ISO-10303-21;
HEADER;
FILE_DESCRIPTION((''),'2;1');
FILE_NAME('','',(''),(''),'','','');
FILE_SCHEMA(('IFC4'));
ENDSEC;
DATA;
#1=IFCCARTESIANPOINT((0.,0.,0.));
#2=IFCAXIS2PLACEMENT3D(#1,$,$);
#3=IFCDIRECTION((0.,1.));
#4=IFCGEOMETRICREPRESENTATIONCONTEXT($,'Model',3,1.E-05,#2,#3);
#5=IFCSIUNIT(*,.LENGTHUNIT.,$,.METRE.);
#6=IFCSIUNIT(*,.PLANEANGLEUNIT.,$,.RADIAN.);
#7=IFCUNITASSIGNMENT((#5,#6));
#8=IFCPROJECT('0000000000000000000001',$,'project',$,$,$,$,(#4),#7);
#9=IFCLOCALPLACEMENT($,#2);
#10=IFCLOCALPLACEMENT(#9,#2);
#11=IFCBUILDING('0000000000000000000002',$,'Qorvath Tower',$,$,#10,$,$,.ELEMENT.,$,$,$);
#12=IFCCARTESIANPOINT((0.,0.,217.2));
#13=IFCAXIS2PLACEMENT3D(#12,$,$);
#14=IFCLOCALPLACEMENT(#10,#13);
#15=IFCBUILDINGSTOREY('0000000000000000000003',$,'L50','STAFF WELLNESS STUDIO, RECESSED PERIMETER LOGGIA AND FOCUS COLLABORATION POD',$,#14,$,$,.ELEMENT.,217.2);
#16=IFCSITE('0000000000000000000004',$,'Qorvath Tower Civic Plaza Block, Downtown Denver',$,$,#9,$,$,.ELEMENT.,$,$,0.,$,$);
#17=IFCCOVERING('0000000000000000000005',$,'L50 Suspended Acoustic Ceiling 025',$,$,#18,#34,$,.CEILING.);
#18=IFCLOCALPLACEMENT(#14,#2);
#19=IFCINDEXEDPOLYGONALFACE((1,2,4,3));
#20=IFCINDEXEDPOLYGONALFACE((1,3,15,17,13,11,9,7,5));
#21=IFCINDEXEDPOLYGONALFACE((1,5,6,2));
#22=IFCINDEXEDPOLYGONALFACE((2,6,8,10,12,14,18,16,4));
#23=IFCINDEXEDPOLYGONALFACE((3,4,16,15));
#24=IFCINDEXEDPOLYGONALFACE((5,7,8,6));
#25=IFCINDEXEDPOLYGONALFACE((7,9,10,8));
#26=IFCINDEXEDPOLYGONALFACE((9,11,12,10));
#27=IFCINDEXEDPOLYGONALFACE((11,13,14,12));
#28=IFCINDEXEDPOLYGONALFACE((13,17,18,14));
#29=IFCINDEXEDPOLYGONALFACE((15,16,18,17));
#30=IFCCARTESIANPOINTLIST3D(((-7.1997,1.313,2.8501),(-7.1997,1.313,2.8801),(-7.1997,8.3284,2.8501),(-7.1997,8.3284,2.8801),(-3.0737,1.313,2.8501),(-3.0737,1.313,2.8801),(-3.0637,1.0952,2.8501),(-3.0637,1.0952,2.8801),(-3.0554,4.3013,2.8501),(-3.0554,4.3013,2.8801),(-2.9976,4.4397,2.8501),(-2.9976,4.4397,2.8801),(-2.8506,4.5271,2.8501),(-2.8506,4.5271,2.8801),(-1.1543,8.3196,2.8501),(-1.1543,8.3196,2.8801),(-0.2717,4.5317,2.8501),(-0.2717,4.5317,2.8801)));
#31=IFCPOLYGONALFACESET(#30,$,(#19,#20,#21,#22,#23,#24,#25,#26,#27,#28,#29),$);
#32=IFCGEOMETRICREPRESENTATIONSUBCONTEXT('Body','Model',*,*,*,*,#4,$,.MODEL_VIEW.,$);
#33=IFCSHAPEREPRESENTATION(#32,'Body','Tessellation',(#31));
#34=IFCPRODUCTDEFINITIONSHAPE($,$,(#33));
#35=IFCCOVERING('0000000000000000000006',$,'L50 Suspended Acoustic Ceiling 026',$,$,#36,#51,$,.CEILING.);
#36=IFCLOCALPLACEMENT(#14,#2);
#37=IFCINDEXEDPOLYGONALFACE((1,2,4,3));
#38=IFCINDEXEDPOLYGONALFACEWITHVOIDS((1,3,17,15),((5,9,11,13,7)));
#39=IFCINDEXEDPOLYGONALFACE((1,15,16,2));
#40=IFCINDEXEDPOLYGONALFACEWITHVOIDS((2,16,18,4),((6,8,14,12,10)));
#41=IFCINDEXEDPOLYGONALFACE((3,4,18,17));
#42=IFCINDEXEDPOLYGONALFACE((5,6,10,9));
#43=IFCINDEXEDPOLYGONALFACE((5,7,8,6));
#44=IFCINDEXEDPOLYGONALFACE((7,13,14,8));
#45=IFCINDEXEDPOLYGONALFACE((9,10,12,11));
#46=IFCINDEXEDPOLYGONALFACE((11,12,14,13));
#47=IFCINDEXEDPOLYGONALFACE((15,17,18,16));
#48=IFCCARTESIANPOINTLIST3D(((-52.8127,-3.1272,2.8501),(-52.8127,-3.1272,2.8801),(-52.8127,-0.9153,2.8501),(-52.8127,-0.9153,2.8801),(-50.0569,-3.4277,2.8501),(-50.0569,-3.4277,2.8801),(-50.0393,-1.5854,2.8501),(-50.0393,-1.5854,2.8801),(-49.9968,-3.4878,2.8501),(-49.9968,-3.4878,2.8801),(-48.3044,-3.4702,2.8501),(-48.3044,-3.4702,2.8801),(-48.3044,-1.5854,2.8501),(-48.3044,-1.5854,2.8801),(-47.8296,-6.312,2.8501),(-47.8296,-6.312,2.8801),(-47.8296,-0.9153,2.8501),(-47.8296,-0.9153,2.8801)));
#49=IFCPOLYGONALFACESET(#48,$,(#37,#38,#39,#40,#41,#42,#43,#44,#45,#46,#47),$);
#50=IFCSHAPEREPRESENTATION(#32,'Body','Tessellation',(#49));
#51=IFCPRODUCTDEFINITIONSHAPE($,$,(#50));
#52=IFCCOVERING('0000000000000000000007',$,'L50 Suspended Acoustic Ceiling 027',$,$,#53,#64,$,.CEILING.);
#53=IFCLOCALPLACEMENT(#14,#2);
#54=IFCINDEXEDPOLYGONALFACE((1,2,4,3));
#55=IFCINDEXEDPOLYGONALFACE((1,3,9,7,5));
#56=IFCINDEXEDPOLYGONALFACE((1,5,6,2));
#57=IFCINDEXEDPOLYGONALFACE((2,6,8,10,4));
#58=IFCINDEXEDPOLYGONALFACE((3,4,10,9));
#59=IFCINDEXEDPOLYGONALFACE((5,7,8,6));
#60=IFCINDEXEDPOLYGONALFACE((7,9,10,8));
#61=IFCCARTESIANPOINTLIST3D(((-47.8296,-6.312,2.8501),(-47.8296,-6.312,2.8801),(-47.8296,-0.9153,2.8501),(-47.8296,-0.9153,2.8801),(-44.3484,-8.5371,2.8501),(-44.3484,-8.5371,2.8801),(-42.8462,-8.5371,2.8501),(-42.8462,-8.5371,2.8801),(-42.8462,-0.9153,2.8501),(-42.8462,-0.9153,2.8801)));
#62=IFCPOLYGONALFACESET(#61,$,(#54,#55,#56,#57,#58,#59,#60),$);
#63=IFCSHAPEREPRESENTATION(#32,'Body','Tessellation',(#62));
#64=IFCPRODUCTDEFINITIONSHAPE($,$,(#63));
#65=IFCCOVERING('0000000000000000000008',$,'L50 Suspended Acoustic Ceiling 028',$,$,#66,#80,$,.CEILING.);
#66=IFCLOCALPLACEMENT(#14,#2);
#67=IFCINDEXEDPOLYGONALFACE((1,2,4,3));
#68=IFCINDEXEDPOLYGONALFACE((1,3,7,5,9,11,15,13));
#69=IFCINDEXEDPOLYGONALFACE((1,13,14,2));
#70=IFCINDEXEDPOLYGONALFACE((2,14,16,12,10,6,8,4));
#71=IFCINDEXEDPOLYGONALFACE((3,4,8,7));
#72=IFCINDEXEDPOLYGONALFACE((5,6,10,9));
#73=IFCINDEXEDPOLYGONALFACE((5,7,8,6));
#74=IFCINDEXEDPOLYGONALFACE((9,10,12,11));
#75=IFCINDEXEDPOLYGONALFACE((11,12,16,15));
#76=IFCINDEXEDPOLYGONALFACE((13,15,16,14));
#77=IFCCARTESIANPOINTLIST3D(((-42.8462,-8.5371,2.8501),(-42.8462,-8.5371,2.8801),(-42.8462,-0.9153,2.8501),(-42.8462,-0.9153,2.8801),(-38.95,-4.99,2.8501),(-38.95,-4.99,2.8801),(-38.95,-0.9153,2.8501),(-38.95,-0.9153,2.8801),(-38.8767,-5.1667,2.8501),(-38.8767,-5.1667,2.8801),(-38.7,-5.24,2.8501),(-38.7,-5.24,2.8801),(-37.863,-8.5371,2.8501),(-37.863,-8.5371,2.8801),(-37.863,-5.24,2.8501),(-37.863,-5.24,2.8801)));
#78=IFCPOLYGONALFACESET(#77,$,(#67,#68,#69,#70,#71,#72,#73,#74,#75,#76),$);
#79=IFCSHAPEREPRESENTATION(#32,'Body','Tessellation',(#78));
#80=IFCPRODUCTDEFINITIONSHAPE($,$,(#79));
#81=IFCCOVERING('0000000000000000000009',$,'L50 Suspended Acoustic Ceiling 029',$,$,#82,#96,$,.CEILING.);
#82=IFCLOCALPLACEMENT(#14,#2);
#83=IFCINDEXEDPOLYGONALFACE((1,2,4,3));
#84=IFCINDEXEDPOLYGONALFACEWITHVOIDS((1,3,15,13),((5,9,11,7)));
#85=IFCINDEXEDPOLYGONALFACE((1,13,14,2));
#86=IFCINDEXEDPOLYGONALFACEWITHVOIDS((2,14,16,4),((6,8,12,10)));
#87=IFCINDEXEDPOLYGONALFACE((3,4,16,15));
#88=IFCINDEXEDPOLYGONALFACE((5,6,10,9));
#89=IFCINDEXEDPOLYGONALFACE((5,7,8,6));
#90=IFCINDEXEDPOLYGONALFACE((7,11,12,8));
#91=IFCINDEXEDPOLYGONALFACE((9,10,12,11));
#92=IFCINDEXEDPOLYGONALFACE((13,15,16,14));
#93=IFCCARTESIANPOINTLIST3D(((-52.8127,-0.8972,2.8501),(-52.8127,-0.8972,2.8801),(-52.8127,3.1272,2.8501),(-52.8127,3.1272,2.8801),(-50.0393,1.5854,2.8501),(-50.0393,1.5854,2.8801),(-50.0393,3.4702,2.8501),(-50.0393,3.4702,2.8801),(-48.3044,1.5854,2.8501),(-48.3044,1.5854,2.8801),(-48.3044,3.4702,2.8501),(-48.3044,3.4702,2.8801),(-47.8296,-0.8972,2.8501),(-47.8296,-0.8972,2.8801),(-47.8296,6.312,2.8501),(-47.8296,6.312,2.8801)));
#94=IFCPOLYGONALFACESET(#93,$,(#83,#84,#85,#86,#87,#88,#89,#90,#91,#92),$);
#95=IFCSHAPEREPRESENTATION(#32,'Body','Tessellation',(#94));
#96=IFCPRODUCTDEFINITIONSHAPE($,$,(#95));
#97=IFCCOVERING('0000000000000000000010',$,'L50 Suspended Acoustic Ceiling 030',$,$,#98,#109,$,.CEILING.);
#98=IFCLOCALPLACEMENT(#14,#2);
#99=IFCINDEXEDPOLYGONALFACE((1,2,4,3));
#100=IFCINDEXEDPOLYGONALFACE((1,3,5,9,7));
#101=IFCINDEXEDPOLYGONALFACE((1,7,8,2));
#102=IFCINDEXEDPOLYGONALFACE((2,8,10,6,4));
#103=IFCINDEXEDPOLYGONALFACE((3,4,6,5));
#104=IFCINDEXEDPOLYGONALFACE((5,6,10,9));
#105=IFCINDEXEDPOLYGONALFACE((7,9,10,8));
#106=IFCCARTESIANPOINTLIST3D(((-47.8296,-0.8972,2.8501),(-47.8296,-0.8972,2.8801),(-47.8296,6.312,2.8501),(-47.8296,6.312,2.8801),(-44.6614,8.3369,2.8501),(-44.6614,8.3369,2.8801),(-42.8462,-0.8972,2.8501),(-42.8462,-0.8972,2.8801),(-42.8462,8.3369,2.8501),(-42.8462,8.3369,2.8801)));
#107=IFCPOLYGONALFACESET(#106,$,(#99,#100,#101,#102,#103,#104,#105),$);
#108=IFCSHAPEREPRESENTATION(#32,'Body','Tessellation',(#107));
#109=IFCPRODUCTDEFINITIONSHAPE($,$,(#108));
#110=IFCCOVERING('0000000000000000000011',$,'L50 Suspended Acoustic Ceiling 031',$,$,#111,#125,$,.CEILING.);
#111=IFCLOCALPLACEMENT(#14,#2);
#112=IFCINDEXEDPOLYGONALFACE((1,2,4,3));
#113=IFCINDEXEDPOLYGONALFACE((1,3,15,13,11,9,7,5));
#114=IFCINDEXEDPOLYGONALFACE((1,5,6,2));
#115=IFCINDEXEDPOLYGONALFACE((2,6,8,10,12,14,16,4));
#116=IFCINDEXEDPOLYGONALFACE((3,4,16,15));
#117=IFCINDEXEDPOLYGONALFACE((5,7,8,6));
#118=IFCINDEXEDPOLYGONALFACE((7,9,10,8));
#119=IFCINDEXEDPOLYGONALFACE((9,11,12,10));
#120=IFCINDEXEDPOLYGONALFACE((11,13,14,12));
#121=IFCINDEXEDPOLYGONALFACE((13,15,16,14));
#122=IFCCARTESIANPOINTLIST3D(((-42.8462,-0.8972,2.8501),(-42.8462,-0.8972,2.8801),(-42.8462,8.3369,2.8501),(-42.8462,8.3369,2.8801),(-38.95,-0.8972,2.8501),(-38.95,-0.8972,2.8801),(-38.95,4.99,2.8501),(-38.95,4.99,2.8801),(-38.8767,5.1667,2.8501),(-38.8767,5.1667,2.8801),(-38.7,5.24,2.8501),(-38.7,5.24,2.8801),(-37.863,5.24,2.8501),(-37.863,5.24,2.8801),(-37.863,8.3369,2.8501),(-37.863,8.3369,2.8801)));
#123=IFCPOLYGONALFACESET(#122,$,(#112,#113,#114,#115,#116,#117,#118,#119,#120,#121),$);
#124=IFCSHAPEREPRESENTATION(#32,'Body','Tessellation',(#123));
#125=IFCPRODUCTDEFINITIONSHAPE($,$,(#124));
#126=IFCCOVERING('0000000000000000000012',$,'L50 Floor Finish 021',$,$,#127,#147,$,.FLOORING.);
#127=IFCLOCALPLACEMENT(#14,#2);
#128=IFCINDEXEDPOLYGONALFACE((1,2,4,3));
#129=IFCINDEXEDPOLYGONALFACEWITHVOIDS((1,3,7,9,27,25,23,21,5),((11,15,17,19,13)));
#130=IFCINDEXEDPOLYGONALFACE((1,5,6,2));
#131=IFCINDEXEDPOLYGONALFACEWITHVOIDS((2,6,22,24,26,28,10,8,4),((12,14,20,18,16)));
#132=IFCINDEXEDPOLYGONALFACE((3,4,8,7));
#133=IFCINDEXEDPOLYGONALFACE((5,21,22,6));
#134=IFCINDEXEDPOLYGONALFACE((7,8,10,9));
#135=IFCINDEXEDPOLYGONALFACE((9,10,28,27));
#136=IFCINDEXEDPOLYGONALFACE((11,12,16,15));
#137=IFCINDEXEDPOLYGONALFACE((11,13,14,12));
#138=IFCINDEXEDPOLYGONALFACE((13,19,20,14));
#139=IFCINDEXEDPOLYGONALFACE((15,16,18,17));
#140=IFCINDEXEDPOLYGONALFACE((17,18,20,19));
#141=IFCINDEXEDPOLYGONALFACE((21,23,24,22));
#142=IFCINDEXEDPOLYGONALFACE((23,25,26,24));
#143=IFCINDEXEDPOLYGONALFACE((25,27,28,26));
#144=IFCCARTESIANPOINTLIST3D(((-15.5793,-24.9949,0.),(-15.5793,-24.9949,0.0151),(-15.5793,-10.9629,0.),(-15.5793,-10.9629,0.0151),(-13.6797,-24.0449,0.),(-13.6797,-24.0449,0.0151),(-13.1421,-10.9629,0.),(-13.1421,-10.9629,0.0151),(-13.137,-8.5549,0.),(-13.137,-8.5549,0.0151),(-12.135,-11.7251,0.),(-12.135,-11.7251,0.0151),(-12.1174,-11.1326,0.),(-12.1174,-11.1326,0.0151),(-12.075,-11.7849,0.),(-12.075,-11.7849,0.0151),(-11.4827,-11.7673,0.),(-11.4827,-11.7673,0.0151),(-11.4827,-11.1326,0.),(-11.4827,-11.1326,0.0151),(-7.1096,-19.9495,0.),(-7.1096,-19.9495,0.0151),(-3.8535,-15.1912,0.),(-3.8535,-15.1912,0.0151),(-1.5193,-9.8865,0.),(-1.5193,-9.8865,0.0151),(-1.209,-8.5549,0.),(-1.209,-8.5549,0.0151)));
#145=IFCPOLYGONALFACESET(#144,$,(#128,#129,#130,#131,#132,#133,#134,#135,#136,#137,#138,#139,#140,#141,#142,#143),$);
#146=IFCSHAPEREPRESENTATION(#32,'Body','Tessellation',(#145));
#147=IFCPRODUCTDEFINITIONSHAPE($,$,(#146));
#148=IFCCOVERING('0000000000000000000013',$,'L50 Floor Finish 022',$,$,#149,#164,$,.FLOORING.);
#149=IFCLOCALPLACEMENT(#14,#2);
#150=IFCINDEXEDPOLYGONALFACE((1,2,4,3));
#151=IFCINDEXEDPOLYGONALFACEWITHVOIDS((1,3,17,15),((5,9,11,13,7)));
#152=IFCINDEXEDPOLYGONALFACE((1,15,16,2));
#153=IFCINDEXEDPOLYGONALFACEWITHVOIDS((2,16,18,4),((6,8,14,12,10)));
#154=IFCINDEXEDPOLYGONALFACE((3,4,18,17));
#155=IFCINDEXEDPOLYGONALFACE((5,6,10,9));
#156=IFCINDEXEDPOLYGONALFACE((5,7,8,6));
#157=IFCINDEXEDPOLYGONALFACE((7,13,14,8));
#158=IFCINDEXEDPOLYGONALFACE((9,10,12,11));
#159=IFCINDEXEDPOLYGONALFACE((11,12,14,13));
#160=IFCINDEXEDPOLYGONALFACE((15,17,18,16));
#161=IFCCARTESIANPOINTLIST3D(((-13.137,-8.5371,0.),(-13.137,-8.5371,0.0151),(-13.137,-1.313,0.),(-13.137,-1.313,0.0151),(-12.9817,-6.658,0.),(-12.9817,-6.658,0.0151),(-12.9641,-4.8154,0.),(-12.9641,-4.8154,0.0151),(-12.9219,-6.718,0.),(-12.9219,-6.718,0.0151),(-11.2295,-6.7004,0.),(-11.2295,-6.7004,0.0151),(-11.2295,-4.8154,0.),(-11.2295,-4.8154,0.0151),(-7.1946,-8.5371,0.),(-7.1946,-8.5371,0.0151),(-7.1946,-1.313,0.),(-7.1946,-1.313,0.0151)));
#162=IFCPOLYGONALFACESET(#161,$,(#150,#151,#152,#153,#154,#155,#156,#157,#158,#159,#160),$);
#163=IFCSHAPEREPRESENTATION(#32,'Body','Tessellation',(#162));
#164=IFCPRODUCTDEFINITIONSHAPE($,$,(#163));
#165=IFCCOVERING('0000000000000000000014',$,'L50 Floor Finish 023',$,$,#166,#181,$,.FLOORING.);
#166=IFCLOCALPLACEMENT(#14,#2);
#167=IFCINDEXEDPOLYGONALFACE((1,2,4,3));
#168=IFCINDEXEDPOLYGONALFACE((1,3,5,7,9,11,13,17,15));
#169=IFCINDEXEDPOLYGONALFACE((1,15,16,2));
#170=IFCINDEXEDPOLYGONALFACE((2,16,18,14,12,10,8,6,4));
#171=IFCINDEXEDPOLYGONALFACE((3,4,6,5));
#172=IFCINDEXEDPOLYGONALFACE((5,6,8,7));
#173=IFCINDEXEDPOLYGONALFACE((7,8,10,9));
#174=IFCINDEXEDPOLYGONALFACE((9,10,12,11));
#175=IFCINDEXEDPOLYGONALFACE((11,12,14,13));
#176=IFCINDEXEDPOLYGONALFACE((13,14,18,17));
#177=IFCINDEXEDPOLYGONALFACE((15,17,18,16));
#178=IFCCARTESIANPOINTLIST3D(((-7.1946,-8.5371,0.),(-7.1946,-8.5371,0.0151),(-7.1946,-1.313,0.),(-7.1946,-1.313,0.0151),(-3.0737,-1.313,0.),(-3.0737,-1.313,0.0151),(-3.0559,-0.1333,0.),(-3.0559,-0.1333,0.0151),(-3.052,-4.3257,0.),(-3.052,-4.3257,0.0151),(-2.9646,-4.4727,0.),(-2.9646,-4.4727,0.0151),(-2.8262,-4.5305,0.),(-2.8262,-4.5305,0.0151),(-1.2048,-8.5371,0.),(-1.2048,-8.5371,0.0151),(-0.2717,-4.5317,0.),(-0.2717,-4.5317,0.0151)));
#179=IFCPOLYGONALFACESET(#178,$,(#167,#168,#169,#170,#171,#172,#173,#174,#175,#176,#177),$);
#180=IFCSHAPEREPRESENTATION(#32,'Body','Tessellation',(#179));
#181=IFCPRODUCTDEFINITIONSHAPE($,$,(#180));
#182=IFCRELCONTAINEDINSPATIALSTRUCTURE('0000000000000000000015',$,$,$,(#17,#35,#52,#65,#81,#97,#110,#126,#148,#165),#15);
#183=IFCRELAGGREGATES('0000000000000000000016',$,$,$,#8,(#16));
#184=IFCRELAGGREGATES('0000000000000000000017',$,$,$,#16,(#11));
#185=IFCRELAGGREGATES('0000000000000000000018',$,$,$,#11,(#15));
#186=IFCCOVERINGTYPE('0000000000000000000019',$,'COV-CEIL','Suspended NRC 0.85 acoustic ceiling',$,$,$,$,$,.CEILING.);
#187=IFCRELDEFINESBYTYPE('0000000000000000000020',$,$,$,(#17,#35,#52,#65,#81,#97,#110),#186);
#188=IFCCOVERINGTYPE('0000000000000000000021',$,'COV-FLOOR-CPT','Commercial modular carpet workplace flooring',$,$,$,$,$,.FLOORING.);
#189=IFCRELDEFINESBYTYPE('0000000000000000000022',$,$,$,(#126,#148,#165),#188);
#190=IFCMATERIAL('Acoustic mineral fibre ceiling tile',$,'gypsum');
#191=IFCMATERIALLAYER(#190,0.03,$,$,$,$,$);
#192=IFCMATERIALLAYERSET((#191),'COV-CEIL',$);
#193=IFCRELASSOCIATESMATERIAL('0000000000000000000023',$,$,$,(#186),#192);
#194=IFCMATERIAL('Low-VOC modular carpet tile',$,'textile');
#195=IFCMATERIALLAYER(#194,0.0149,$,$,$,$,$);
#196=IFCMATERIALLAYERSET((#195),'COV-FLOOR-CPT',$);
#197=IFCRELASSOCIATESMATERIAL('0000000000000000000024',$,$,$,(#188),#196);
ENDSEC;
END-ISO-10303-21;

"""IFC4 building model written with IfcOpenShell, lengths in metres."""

from ifc_helpers import new_model, si_unit, direction, frame, origin, place, context, subcontext, project, spatial, polyline, outline, extrude, material, layer, layer_set, type_object, element, save


model = new_model("IFC4")

# Units and contexts
model_context = context("Model", 3, precision=1e-05, world=origin(), true_north=direction((0.0, 1.0)))
body_context = subcontext(model_context, "Body", "Model", "MODEL_VIEW")
ifc_project = project(units=[si_unit("LENGTHUNIT", "METRE"), si_unit("PLANEANGLEUNIT", "RADIAN")], contexts=[model_context])

# Site, building, storey
site_placement = place(None, origin())
site = spatial("IfcSite", under=ifc_project, at=site_placement, Name="Qorvath Tower Civic Plaza Block, Downtown Denver", CompositionType="ELEMENT", RefElevation=0.0)
building_placement = place(site_placement, origin())
building = spatial("IfcBuilding", under=site, at=building_placement, Name="Qorvath Tower", CompositionType="ELEMENT")
storey_placement = place(building_placement, frame((0.0, 0.0, 217.2)))
storey = spatial("IfcBuildingStorey", under=building, at=storey_placement, Name="L50", Description="STAFF WELLNESS STUDIO, RECESSED PERIMETER LOGGIA AND FOCUS COLLABORATION POD", CompositionType="ELEMENT", Elevation=217.2)

# Coverings
ifc_material_1 = material(Name="Acoustic mineral fibre ceiling tile", Category="gypsum")
ifc_layer_1 = layer(ifc_material_1, 0.03)
ifc_layer_set_1 = layer_set([ifc_layer_1], Name="COV-CEIL")
covering_type_1 = type_object("IfcCoveringType", Name="COV-CEIL", Description="Suspended NRC 0.85 acoustic ceiling", PredefinedType="CEILING", material=ifc_layer_set_1)
covering_1_placement = place(storey_placement, frame((0.0, 0.0, 2.8501)))
element("IfcCovering", 1, at=covering_1_placement, inside=storey, type_object=covering_type_1, Name="L50 Suspended Acoustic Ceiling 025", PredefinedType="CEILING", context=body_context, shape_type="SweptSolid", body=[
    extrude(outline(polyline([(-2.9976, 4.4397), (-2.8506, 4.5271), (-0.2717, 4.5317), (-1.1543, 8.3196), (-7.1997, 8.3284), (-7.1997, 1.313), (-3.0737, 1.313), (-3.0637, 1.0952), (-3.0554, 4.3013), (-2.9976, 4.4397)])), origin(), (0.0, 0.0, 1.0), 0.03),
])
covering_2_placement = place(storey_placement, frame((0.0, 0.0, 2.8501)))
element("IfcCovering", 2, at=covering_2_placement, inside=storey, type_object=covering_type_1, Name="L50 Suspended Acoustic Ceiling 026", PredefinedType="CEILING", context=body_context, shape_type="SweptSolid", body=[
    extrude(outline(polyline([(-47.8296, -6.312), (-47.8296, -0.9153), (-52.8127, -0.9153), (-52.8127, -3.1272), (-47.8296, -6.312)]), holes=[polyline([(-50.0569, -3.4277), (-50.0393, -1.5854), (-48.3044, -1.5854), (-48.3044, -3.4702), (-49.9968, -3.4878), (-50.0569, -3.4277)])]), origin(), (0.0, 0.0, 1.0), 0.03),
])
covering_3_placement = place(storey_placement, frame((0.0, 0.0, 2.8501)))
element("IfcCovering", 3, at=covering_3_placement, inside=storey, type_object=covering_type_1, Name="L50 Suspended Acoustic Ceiling 027", PredefinedType="CEILING", context=body_context, shape_type="SweptSolid", body=[
    extrude(outline(polyline([(-42.8462, -8.5371), (-42.8462, -0.9153), (-47.8296, -0.9153), (-47.8296, -6.312), (-44.3484, -8.5371), (-42.8462, -8.5371)])), origin(), (0.0, 0.0, 1.0), 0.03),
])
covering_4_placement = place(storey_placement, frame((0.0, 0.0, 2.8501)))
element("IfcCovering", 4, at=covering_4_placement, inside=storey, type_object=covering_type_1, Name="L50 Suspended Acoustic Ceiling 028", PredefinedType="CEILING", context=body_context, shape_type="SweptSolid", body=[
    extrude(outline(polyline([(-37.863, -8.5371), (-37.863, -5.24), (-38.7, -5.24), (-38.8767, -5.1667), (-38.95, -4.99), (-38.95, -0.9153), (-42.8462, -0.9153), (-42.8462, -8.5371), (-37.863, -8.5371)])), origin(), (0.0, 0.0, 1.0), 0.03),
])
covering_5_placement = place(storey_placement, frame((0.0, 0.0, 2.8501)))
element("IfcCovering", 5, at=covering_5_placement, inside=storey, type_object=covering_type_1, Name="L50 Suspended Acoustic Ceiling 029", PredefinedType="CEILING", context=body_context, shape_type="SweptSolid", body=[
    extrude(outline(polyline([(-47.8296, -0.8972), (-47.8296, 6.312), (-52.8127, 3.1272), (-52.8127, -0.8972), (-47.8296, -0.8972)]), holes=[polyline([(-50.0393, 1.5854), (-50.0393, 3.4702), (-48.3044, 3.4702), (-48.3044, 1.5854), (-50.0393, 1.5854)])]), origin(), (0.0, 0.0, 1.0), 0.03),
])
covering_6_placement = place(storey_placement, frame((0.0, 0.0, 2.8501)))
element("IfcCovering", 6, at=covering_6_placement, inside=storey, type_object=covering_type_1, Name="L50 Suspended Acoustic Ceiling 030", PredefinedType="CEILING", context=body_context, shape_type="SweptSolid", body=[
    extrude(outline(polyline([(-42.8462, -0.8972), (-42.8462, 8.3369), (-44.6614, 8.3369), (-47.8296, 6.312), (-47.8296, -0.8972), (-42.8462, -0.8972)])), origin(), (0.0, 0.0, 1.0), 0.03),
])
covering_7_placement = place(storey_placement, frame((0.0, 0.0, 2.8501)))
element("IfcCovering", 7, at=covering_7_placement, inside=storey, type_object=covering_type_1, Name="L50 Suspended Acoustic Ceiling 031", PredefinedType="CEILING", context=body_context, shape_type="SweptSolid", body=[
    extrude(outline(polyline([(-37.863, 5.24), (-37.863, 8.3369), (-42.8462, 8.3369), (-42.8462, -0.8972), (-38.95, -0.8972), (-38.95, 4.99), (-38.8767, 5.1667), (-38.7, 5.24), (-37.863, 5.24)])), origin(), (0.0, 0.0, 1.0), 0.03),
])
ifc_material_2 = material(Name="Low-VOC modular carpet tile", Category="textile")
ifc_layer_2 = layer(ifc_material_2, 0.0149)
ifc_layer_set_2 = layer_set([ifc_layer_2], Name="COV-FLOOR-CPT")
covering_type_2 = type_object("IfcCoveringType", Name="COV-FLOOR-CPT", Description="Commercial modular carpet workplace flooring", PredefinedType="FLOORING", material=ifc_layer_set_2)
covering_8_placement = place(storey_placement, origin())
element("IfcCovering", 8, at=covering_8_placement, inside=storey, type_object=covering_type_2, Name="L50 Floor Finish 021", PredefinedType="FLOORING", context=body_context, shape_type="SweptSolid", body=[
    extrude(outline(polyline([(-13.6797, -24.0449), (-7.1096, -19.9495), (-3.8535, -15.1912), (-1.5193, -9.8865), (-1.209, -8.5549), (-13.137, -8.5549), (-13.1421, -10.9629), (-15.5793, -10.9629), (-15.5793, -24.9949), (-13.6797, -24.0449)]), holes=[polyline([(-12.135, -11.7251), (-12.1174, -11.1326), (-11.4827, -11.1326), (-11.4827, -11.7673), (-12.075, -11.7849), (-12.135, -11.7251)])]), origin(), (0.0, 0.0, 1.0), 0.0151),
])
covering_9_placement = place(storey_placement, origin())
element("IfcCovering", 9, at=covering_9_placement, inside=storey, type_object=covering_type_2, Name="L50 Floor Finish 022", PredefinedType="FLOORING", context=body_context, shape_type="SweptSolid", body=[
    extrude(outline(polyline([(-7.1946, -8.5371), (-7.1946, -1.313), (-13.137, -1.313), (-13.137, -8.5371), (-7.1946, -8.5371)]), holes=[polyline([(-12.9817, -6.658), (-12.9641, -4.8154), (-11.2295, -4.8154), (-11.2295, -6.7004), (-12.9219, -6.718), (-12.9817, -6.658)])]), origin(), (0.0, 0.0, 1.0), 0.0151),
])
covering_10_placement = place(storey_placement, origin())
element("IfcCovering", 10, at=covering_10_placement, inside=storey, type_object=covering_type_2, Name="L50 Floor Finish 023", PredefinedType="FLOORING", context=body_context, shape_type="SweptSolid", body=[
    extrude(outline(polyline([(-2.9646, -4.4727), (-3.052, -4.3257), (-3.0559, -0.1333), (-3.0737, -1.313), (-7.1946, -1.313), (-7.1946, -8.5371), (-1.2048, -8.5371), (-0.2717, -4.5317), (-2.8262, -4.5305), (-2.9646, -4.4727)])), origin(), (0.0, 0.0, 1.0), 0.0151),
])

save(model, "model.ifc")
